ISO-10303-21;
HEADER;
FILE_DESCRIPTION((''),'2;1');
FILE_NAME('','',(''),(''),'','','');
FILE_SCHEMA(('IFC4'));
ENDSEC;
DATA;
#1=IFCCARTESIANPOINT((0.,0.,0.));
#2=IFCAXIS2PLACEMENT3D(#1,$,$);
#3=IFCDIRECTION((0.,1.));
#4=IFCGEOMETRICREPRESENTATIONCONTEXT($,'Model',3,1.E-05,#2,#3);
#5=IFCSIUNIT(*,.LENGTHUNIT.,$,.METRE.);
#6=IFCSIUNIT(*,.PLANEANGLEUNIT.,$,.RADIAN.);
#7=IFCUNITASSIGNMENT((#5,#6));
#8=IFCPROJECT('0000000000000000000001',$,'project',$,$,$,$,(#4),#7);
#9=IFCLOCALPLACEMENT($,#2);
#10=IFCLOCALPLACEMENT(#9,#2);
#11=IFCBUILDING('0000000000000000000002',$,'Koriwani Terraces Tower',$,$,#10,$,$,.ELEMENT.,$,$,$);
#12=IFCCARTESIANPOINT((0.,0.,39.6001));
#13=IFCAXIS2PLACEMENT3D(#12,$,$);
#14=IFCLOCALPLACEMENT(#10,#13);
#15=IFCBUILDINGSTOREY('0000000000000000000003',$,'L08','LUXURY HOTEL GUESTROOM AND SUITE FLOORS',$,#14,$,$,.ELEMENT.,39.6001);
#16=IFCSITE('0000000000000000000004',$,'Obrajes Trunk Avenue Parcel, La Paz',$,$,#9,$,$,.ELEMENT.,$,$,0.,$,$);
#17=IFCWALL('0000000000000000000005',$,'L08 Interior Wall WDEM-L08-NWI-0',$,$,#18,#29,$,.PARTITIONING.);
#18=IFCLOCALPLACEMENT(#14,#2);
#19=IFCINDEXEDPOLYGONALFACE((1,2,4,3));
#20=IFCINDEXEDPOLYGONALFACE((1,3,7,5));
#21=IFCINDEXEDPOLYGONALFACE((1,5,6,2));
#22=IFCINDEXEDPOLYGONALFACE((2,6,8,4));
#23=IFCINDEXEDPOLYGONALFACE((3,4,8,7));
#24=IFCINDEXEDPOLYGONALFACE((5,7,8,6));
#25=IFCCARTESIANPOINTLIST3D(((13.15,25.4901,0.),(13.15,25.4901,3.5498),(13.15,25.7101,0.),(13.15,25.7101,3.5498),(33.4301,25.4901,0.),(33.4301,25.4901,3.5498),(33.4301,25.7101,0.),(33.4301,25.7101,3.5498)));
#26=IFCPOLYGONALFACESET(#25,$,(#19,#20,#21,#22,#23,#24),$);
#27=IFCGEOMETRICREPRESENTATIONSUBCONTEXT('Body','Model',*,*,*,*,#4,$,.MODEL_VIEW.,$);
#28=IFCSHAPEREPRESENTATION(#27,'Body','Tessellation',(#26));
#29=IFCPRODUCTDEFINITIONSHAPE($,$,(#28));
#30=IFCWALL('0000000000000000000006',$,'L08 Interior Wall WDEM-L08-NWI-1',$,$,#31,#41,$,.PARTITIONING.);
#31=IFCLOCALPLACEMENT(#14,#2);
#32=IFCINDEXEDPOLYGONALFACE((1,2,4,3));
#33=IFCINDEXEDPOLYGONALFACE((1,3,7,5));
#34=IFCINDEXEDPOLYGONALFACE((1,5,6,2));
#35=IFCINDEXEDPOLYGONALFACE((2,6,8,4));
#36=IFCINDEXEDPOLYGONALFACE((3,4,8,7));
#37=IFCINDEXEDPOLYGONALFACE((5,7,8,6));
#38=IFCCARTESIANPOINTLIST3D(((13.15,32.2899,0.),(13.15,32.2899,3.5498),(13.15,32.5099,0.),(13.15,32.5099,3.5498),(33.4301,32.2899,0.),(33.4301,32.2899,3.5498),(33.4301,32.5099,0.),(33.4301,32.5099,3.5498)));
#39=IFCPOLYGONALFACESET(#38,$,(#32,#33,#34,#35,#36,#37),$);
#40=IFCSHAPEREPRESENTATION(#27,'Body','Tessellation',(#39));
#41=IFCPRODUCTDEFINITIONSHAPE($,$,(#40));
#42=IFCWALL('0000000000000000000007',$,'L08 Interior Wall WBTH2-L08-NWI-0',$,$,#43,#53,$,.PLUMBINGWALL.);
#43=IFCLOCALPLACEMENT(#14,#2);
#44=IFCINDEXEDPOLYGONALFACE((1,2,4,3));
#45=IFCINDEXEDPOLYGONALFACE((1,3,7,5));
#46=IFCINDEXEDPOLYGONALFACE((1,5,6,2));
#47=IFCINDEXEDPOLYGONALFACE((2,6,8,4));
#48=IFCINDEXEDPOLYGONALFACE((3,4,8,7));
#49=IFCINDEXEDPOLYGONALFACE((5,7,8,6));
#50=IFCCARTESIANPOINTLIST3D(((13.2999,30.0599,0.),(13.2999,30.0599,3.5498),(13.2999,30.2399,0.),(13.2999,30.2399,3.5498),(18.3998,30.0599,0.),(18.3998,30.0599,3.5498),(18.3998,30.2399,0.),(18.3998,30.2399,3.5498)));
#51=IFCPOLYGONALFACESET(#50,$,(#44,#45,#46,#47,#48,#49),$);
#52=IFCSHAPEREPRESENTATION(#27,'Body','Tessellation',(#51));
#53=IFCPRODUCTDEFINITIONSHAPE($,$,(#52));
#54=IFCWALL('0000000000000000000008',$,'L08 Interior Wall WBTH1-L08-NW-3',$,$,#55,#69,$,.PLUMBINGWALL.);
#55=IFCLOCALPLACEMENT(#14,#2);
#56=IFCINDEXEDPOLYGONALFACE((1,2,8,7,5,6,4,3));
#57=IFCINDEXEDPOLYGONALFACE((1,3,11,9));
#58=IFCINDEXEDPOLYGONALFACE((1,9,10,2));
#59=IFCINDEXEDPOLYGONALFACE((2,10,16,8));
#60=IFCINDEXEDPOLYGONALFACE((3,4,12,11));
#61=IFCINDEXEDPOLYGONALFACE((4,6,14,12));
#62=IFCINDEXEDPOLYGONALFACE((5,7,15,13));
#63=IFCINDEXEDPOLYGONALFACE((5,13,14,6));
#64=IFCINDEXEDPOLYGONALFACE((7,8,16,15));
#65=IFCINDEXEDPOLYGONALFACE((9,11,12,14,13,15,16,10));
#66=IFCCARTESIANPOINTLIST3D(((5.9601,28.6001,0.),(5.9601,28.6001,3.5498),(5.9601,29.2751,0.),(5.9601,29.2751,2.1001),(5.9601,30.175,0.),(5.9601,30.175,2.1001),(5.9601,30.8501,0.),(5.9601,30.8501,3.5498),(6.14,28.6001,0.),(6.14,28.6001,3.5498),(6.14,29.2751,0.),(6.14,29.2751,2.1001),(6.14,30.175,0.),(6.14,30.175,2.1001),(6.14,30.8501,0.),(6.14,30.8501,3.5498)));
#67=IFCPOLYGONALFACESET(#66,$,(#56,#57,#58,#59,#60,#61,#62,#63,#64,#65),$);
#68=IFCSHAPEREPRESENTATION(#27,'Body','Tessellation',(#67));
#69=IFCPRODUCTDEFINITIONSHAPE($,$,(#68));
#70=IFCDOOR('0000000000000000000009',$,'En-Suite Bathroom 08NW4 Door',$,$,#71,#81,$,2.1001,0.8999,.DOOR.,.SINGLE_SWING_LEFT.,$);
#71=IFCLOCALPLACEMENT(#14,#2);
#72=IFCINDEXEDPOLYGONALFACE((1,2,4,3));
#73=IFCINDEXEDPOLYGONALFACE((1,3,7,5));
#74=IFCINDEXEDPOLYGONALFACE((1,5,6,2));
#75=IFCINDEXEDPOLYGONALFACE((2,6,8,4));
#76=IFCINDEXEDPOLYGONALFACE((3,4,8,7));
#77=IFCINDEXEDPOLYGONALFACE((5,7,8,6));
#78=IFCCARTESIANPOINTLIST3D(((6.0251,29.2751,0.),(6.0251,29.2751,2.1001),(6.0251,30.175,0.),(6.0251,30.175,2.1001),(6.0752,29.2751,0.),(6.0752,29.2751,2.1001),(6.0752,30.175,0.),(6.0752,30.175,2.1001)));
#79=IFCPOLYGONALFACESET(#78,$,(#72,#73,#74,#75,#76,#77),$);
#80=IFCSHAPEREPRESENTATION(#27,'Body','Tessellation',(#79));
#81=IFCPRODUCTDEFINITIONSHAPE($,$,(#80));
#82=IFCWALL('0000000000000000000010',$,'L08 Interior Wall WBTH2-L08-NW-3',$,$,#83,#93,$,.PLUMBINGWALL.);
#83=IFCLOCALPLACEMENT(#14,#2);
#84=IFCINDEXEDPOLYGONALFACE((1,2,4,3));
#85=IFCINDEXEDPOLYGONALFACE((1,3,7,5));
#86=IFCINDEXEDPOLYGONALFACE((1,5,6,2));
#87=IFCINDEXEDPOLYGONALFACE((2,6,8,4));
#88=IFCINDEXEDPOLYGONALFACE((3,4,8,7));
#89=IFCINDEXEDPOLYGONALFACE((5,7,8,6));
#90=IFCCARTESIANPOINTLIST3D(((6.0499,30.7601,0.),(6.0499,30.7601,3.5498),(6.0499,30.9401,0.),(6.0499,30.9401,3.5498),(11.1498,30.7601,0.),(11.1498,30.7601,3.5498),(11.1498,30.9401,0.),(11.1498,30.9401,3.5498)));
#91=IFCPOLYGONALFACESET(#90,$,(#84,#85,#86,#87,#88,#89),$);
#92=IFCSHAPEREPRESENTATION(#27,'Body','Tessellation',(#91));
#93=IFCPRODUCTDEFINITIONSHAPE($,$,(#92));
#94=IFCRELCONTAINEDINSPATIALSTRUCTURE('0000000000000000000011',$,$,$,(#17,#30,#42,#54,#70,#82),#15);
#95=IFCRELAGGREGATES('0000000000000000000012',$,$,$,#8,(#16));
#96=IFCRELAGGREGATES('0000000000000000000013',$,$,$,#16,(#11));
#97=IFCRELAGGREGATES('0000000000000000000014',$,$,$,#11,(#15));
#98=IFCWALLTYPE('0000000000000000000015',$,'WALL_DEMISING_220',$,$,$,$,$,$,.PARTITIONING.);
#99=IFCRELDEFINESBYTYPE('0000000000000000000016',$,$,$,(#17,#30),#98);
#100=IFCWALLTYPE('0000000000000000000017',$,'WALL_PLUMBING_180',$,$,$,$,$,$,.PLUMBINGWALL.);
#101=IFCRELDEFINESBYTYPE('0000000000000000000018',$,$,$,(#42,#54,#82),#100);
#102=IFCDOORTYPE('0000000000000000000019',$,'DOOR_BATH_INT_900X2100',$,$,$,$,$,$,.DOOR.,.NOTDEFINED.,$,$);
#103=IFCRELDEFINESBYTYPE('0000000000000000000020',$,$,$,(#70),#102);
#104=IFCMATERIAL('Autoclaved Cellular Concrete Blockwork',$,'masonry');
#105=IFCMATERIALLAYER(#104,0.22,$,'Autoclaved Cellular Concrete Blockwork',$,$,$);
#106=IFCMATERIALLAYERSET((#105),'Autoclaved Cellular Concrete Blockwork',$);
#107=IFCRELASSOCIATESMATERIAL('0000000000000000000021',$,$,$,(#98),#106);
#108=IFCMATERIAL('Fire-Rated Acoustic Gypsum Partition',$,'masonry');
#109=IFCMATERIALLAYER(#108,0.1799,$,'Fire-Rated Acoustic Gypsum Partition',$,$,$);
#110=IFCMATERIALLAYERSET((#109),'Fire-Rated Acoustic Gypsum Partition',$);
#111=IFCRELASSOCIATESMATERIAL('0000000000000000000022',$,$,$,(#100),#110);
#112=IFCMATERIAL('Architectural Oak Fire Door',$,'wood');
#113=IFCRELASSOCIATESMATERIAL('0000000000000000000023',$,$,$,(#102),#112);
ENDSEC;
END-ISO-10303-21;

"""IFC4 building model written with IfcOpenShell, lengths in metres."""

from ifc_helpers import new_model, si_unit, direction, frame, frame_2d, origin, place, context, subcontext, project, spatial, rectangle, extrude, material, layer, layer_set, type_object, element, fill, save


model = new_model("IFC4")

# Units and contexts
model_context = context("Model", 3, precision=1e-05, world=origin(), true_north=direction((0.0, 1.0)))
body_context = subcontext(model_context, "Body", "Model", "MODEL_VIEW")
ifc_project = project(units=[si_unit("LENGTHUNIT", "METRE"), si_unit("PLANEANGLEUNIT", "RADIAN")], contexts=[model_context])

# Site, building, storey
site_placement = place(None, origin())
site = spatial("IfcSite", under=ifc_project, at=site_placement, Name="Obrajes Trunk Avenue Parcel, La Paz", CompositionType="ELEMENT", RefElevation=0.0)
building_placement = place(site_placement, origin())
building = spatial("IfcBuilding", under=site, at=building_placement, Name="Koriwani Terraces Tower", CompositionType="ELEMENT")
storey_placement = place(building_placement, frame((0.0, 0.0, 39.6001)))
storey = spatial("IfcBuildingStorey", under=building, at=storey_placement, Name="L08", Description="LUXURY HOTEL GUESTROOM AND SUITE FLOORS", CompositionType="ELEMENT", Elevation=39.6001)

# Shared definitions
ifc_material_1 = material(Name="Autoclaved Cellular Concrete Blockwork", Category="masonry")
ifc_material_2 = material(Name="Architectural Oak Fire Door", Category="wood")

# Walls
ifc_layer_1 = layer(ifc_material_1, 0.22, Name="Autoclaved Cellular Concrete Blockwork")
ifc_layer_set_1 = layer_set([ifc_layer_1], Name="Autoclaved Cellular Concrete Blockwork")
wall_type_1 = type_object("IfcWallType", Name="WALL_DEMISING_220", PredefinedType="PARTITIONING", material=ifc_layer_set_1)
for number, where, z_axis, x_axis, name in (
    (1, (13.1499, 25.6001, 0.0), (0.0, 0.0, 1.0), (1.0, 0.0, 0.0), "L08 Interior Wall WDEM-L08-NWI-0"),
    (2, (13.1499, 32.3999, 0.0), (0.0, 0.0, 1.0), (1.0, 0.0, 0.0), "L08 Interior Wall WDEM-L08-NWI-1"),
):
    element("IfcWall", number, at=place(storey_placement, frame(where, z_axis=z_axis, x_axis=x_axis)), inside=storey, type_object=wall_type_1, Name=name, PredefinedType="PARTITIONING", context=body_context, shape_type="SweptSolid", body=[
        extrude(rectangle(XDim=20.28, YDim=0.22, at=frame_2d((10.1401, 0.0))), origin(), (0.0, 0.0, 1.0), 3.5498),
    ])
ifc_material_3 = material(Name="Fire-Rated Acoustic Gypsum Partition", Category="masonry")
ifc_layer_2 = layer(ifc_material_3, 0.1799, Name="Fire-Rated Acoustic Gypsum Partition")
ifc_layer_set_2 = layer_set([ifc_layer_2], Name="Fire-Rated Acoustic Gypsum Partition")
wall_type_2 = type_object("IfcWallType", Name="WALL_PLUMBING_180", PredefinedType="PLUMBINGWALL", material=ifc_layer_set_2)
wall_1_placement = place(storey_placement, frame((13.3, 30.1499, 0.0), z_axis=(0.0, 0.0, 1.0), x_axis=(1.0, 0.0, 0.0)))
element("IfcWall", 3, at=wall_1_placement, inside=storey, type_object=wall_type_2, Name="L08 Interior Wall WBTH2-L08-NWI-0", PredefinedType="PLUMBINGWALL", context=body_context, shape_type="SweptSolid", body=[
    extrude(rectangle(XDim=5.0999, YDim=0.1799, at=frame_2d((2.5498, 0.0))), origin(), (0.0, 0.0, 1.0), 3.5498),
])

# Wall, opening, door
wall_2_placement = place(storey_placement, frame((6.05, 28.6001, 0.0), z_axis=(0.0, 0.0, 1.0), x_axis=(0.0, 1.0, 0.0)))
wall_2 = element("IfcWall", 4, at=wall_2_placement, inside=storey, type_object=wall_type_2, Name="L08 Interior Wall WBTH1-L08-NW-3", PredefinedType="PLUMBINGWALL", context=body_context, shape_type="SweptSolid", body=[
    extrude(rectangle(XDim=2.25, YDim=0.1799, at=frame_2d((1.125, 0.0))), origin(), (0.0, 0.0, 1.0), 3.5498),
])
opening_1_placement = place(wall_2_placement, frame((0.675, 0.0, 0.0)))
opening_1 = element("IfcOpeningElement", 5, at=opening_1_placement, cuts=wall_2, PredefinedType="OPENING", context=body_context, shape_type="SweptSolid", body=[
    extrude(rectangle(XDim=0.8999, YDim=2.1001, at=frame_2d((0.45, 1.05))), frame((0.0, 0.1001, 0.0), z_axis=(0.0, -1.0, 0.0), x_axis=(1.0, 0.0, 0.0)), (0.0, 0.0, 1.0), 0.2),
])
door_type_1 = type_object("IfcDoorType", Name="DOOR_BATH_INT_900X2100", OperationType="NOTDEFINED", PredefinedType="DOOR", material=ifc_material_2)
door_1_placement = place(opening_1_placement, origin())
door_1 = element("IfcDoor", 6, at=door_1_placement, inside=storey, type_object=door_type_1, Name="En-Suite Bathroom 08NW4 Door", OperationType="SINGLE_SWING_LEFT", OverallHeight=2.1001, OverallWidth=0.8999, PredefinedType="DOOR", context=body_context, shape_type="SweptSolid", body=[
    extrude(rectangle(XDim=0.8999, YDim=2.1001, at=frame_2d((0.45, 1.05))), frame((0.0, 0.0249, 0.0), z_axis=(0.0, -1.0, 0.0), x_axis=(1.0, 0.0, 0.0)), (0.0, 0.0, 1.0), 0.05),
])
fill(opening_1, door_1)

# Wall
wall_3_placement = place(storey_placement, frame((6.05, 30.8501, 0.0), z_axis=(0.0, 0.0, 1.0), x_axis=(1.0, 0.0, 0.0)))
element("IfcWall", 7, at=wall_3_placement, inside=storey, type_object=wall_type_2, Name="L08 Interior Wall WBTH2-L08-NW-3", PredefinedType="PLUMBINGWALL", context=body_context, shape_type="SweptSolid", body=[
    extrude(rectangle(XDim=5.0999, YDim=0.1799, at=frame_2d((2.5498, 0.0))), origin(), (0.0, 0.0, 1.0), 3.5498),
])

save(model, "model.ifc")
